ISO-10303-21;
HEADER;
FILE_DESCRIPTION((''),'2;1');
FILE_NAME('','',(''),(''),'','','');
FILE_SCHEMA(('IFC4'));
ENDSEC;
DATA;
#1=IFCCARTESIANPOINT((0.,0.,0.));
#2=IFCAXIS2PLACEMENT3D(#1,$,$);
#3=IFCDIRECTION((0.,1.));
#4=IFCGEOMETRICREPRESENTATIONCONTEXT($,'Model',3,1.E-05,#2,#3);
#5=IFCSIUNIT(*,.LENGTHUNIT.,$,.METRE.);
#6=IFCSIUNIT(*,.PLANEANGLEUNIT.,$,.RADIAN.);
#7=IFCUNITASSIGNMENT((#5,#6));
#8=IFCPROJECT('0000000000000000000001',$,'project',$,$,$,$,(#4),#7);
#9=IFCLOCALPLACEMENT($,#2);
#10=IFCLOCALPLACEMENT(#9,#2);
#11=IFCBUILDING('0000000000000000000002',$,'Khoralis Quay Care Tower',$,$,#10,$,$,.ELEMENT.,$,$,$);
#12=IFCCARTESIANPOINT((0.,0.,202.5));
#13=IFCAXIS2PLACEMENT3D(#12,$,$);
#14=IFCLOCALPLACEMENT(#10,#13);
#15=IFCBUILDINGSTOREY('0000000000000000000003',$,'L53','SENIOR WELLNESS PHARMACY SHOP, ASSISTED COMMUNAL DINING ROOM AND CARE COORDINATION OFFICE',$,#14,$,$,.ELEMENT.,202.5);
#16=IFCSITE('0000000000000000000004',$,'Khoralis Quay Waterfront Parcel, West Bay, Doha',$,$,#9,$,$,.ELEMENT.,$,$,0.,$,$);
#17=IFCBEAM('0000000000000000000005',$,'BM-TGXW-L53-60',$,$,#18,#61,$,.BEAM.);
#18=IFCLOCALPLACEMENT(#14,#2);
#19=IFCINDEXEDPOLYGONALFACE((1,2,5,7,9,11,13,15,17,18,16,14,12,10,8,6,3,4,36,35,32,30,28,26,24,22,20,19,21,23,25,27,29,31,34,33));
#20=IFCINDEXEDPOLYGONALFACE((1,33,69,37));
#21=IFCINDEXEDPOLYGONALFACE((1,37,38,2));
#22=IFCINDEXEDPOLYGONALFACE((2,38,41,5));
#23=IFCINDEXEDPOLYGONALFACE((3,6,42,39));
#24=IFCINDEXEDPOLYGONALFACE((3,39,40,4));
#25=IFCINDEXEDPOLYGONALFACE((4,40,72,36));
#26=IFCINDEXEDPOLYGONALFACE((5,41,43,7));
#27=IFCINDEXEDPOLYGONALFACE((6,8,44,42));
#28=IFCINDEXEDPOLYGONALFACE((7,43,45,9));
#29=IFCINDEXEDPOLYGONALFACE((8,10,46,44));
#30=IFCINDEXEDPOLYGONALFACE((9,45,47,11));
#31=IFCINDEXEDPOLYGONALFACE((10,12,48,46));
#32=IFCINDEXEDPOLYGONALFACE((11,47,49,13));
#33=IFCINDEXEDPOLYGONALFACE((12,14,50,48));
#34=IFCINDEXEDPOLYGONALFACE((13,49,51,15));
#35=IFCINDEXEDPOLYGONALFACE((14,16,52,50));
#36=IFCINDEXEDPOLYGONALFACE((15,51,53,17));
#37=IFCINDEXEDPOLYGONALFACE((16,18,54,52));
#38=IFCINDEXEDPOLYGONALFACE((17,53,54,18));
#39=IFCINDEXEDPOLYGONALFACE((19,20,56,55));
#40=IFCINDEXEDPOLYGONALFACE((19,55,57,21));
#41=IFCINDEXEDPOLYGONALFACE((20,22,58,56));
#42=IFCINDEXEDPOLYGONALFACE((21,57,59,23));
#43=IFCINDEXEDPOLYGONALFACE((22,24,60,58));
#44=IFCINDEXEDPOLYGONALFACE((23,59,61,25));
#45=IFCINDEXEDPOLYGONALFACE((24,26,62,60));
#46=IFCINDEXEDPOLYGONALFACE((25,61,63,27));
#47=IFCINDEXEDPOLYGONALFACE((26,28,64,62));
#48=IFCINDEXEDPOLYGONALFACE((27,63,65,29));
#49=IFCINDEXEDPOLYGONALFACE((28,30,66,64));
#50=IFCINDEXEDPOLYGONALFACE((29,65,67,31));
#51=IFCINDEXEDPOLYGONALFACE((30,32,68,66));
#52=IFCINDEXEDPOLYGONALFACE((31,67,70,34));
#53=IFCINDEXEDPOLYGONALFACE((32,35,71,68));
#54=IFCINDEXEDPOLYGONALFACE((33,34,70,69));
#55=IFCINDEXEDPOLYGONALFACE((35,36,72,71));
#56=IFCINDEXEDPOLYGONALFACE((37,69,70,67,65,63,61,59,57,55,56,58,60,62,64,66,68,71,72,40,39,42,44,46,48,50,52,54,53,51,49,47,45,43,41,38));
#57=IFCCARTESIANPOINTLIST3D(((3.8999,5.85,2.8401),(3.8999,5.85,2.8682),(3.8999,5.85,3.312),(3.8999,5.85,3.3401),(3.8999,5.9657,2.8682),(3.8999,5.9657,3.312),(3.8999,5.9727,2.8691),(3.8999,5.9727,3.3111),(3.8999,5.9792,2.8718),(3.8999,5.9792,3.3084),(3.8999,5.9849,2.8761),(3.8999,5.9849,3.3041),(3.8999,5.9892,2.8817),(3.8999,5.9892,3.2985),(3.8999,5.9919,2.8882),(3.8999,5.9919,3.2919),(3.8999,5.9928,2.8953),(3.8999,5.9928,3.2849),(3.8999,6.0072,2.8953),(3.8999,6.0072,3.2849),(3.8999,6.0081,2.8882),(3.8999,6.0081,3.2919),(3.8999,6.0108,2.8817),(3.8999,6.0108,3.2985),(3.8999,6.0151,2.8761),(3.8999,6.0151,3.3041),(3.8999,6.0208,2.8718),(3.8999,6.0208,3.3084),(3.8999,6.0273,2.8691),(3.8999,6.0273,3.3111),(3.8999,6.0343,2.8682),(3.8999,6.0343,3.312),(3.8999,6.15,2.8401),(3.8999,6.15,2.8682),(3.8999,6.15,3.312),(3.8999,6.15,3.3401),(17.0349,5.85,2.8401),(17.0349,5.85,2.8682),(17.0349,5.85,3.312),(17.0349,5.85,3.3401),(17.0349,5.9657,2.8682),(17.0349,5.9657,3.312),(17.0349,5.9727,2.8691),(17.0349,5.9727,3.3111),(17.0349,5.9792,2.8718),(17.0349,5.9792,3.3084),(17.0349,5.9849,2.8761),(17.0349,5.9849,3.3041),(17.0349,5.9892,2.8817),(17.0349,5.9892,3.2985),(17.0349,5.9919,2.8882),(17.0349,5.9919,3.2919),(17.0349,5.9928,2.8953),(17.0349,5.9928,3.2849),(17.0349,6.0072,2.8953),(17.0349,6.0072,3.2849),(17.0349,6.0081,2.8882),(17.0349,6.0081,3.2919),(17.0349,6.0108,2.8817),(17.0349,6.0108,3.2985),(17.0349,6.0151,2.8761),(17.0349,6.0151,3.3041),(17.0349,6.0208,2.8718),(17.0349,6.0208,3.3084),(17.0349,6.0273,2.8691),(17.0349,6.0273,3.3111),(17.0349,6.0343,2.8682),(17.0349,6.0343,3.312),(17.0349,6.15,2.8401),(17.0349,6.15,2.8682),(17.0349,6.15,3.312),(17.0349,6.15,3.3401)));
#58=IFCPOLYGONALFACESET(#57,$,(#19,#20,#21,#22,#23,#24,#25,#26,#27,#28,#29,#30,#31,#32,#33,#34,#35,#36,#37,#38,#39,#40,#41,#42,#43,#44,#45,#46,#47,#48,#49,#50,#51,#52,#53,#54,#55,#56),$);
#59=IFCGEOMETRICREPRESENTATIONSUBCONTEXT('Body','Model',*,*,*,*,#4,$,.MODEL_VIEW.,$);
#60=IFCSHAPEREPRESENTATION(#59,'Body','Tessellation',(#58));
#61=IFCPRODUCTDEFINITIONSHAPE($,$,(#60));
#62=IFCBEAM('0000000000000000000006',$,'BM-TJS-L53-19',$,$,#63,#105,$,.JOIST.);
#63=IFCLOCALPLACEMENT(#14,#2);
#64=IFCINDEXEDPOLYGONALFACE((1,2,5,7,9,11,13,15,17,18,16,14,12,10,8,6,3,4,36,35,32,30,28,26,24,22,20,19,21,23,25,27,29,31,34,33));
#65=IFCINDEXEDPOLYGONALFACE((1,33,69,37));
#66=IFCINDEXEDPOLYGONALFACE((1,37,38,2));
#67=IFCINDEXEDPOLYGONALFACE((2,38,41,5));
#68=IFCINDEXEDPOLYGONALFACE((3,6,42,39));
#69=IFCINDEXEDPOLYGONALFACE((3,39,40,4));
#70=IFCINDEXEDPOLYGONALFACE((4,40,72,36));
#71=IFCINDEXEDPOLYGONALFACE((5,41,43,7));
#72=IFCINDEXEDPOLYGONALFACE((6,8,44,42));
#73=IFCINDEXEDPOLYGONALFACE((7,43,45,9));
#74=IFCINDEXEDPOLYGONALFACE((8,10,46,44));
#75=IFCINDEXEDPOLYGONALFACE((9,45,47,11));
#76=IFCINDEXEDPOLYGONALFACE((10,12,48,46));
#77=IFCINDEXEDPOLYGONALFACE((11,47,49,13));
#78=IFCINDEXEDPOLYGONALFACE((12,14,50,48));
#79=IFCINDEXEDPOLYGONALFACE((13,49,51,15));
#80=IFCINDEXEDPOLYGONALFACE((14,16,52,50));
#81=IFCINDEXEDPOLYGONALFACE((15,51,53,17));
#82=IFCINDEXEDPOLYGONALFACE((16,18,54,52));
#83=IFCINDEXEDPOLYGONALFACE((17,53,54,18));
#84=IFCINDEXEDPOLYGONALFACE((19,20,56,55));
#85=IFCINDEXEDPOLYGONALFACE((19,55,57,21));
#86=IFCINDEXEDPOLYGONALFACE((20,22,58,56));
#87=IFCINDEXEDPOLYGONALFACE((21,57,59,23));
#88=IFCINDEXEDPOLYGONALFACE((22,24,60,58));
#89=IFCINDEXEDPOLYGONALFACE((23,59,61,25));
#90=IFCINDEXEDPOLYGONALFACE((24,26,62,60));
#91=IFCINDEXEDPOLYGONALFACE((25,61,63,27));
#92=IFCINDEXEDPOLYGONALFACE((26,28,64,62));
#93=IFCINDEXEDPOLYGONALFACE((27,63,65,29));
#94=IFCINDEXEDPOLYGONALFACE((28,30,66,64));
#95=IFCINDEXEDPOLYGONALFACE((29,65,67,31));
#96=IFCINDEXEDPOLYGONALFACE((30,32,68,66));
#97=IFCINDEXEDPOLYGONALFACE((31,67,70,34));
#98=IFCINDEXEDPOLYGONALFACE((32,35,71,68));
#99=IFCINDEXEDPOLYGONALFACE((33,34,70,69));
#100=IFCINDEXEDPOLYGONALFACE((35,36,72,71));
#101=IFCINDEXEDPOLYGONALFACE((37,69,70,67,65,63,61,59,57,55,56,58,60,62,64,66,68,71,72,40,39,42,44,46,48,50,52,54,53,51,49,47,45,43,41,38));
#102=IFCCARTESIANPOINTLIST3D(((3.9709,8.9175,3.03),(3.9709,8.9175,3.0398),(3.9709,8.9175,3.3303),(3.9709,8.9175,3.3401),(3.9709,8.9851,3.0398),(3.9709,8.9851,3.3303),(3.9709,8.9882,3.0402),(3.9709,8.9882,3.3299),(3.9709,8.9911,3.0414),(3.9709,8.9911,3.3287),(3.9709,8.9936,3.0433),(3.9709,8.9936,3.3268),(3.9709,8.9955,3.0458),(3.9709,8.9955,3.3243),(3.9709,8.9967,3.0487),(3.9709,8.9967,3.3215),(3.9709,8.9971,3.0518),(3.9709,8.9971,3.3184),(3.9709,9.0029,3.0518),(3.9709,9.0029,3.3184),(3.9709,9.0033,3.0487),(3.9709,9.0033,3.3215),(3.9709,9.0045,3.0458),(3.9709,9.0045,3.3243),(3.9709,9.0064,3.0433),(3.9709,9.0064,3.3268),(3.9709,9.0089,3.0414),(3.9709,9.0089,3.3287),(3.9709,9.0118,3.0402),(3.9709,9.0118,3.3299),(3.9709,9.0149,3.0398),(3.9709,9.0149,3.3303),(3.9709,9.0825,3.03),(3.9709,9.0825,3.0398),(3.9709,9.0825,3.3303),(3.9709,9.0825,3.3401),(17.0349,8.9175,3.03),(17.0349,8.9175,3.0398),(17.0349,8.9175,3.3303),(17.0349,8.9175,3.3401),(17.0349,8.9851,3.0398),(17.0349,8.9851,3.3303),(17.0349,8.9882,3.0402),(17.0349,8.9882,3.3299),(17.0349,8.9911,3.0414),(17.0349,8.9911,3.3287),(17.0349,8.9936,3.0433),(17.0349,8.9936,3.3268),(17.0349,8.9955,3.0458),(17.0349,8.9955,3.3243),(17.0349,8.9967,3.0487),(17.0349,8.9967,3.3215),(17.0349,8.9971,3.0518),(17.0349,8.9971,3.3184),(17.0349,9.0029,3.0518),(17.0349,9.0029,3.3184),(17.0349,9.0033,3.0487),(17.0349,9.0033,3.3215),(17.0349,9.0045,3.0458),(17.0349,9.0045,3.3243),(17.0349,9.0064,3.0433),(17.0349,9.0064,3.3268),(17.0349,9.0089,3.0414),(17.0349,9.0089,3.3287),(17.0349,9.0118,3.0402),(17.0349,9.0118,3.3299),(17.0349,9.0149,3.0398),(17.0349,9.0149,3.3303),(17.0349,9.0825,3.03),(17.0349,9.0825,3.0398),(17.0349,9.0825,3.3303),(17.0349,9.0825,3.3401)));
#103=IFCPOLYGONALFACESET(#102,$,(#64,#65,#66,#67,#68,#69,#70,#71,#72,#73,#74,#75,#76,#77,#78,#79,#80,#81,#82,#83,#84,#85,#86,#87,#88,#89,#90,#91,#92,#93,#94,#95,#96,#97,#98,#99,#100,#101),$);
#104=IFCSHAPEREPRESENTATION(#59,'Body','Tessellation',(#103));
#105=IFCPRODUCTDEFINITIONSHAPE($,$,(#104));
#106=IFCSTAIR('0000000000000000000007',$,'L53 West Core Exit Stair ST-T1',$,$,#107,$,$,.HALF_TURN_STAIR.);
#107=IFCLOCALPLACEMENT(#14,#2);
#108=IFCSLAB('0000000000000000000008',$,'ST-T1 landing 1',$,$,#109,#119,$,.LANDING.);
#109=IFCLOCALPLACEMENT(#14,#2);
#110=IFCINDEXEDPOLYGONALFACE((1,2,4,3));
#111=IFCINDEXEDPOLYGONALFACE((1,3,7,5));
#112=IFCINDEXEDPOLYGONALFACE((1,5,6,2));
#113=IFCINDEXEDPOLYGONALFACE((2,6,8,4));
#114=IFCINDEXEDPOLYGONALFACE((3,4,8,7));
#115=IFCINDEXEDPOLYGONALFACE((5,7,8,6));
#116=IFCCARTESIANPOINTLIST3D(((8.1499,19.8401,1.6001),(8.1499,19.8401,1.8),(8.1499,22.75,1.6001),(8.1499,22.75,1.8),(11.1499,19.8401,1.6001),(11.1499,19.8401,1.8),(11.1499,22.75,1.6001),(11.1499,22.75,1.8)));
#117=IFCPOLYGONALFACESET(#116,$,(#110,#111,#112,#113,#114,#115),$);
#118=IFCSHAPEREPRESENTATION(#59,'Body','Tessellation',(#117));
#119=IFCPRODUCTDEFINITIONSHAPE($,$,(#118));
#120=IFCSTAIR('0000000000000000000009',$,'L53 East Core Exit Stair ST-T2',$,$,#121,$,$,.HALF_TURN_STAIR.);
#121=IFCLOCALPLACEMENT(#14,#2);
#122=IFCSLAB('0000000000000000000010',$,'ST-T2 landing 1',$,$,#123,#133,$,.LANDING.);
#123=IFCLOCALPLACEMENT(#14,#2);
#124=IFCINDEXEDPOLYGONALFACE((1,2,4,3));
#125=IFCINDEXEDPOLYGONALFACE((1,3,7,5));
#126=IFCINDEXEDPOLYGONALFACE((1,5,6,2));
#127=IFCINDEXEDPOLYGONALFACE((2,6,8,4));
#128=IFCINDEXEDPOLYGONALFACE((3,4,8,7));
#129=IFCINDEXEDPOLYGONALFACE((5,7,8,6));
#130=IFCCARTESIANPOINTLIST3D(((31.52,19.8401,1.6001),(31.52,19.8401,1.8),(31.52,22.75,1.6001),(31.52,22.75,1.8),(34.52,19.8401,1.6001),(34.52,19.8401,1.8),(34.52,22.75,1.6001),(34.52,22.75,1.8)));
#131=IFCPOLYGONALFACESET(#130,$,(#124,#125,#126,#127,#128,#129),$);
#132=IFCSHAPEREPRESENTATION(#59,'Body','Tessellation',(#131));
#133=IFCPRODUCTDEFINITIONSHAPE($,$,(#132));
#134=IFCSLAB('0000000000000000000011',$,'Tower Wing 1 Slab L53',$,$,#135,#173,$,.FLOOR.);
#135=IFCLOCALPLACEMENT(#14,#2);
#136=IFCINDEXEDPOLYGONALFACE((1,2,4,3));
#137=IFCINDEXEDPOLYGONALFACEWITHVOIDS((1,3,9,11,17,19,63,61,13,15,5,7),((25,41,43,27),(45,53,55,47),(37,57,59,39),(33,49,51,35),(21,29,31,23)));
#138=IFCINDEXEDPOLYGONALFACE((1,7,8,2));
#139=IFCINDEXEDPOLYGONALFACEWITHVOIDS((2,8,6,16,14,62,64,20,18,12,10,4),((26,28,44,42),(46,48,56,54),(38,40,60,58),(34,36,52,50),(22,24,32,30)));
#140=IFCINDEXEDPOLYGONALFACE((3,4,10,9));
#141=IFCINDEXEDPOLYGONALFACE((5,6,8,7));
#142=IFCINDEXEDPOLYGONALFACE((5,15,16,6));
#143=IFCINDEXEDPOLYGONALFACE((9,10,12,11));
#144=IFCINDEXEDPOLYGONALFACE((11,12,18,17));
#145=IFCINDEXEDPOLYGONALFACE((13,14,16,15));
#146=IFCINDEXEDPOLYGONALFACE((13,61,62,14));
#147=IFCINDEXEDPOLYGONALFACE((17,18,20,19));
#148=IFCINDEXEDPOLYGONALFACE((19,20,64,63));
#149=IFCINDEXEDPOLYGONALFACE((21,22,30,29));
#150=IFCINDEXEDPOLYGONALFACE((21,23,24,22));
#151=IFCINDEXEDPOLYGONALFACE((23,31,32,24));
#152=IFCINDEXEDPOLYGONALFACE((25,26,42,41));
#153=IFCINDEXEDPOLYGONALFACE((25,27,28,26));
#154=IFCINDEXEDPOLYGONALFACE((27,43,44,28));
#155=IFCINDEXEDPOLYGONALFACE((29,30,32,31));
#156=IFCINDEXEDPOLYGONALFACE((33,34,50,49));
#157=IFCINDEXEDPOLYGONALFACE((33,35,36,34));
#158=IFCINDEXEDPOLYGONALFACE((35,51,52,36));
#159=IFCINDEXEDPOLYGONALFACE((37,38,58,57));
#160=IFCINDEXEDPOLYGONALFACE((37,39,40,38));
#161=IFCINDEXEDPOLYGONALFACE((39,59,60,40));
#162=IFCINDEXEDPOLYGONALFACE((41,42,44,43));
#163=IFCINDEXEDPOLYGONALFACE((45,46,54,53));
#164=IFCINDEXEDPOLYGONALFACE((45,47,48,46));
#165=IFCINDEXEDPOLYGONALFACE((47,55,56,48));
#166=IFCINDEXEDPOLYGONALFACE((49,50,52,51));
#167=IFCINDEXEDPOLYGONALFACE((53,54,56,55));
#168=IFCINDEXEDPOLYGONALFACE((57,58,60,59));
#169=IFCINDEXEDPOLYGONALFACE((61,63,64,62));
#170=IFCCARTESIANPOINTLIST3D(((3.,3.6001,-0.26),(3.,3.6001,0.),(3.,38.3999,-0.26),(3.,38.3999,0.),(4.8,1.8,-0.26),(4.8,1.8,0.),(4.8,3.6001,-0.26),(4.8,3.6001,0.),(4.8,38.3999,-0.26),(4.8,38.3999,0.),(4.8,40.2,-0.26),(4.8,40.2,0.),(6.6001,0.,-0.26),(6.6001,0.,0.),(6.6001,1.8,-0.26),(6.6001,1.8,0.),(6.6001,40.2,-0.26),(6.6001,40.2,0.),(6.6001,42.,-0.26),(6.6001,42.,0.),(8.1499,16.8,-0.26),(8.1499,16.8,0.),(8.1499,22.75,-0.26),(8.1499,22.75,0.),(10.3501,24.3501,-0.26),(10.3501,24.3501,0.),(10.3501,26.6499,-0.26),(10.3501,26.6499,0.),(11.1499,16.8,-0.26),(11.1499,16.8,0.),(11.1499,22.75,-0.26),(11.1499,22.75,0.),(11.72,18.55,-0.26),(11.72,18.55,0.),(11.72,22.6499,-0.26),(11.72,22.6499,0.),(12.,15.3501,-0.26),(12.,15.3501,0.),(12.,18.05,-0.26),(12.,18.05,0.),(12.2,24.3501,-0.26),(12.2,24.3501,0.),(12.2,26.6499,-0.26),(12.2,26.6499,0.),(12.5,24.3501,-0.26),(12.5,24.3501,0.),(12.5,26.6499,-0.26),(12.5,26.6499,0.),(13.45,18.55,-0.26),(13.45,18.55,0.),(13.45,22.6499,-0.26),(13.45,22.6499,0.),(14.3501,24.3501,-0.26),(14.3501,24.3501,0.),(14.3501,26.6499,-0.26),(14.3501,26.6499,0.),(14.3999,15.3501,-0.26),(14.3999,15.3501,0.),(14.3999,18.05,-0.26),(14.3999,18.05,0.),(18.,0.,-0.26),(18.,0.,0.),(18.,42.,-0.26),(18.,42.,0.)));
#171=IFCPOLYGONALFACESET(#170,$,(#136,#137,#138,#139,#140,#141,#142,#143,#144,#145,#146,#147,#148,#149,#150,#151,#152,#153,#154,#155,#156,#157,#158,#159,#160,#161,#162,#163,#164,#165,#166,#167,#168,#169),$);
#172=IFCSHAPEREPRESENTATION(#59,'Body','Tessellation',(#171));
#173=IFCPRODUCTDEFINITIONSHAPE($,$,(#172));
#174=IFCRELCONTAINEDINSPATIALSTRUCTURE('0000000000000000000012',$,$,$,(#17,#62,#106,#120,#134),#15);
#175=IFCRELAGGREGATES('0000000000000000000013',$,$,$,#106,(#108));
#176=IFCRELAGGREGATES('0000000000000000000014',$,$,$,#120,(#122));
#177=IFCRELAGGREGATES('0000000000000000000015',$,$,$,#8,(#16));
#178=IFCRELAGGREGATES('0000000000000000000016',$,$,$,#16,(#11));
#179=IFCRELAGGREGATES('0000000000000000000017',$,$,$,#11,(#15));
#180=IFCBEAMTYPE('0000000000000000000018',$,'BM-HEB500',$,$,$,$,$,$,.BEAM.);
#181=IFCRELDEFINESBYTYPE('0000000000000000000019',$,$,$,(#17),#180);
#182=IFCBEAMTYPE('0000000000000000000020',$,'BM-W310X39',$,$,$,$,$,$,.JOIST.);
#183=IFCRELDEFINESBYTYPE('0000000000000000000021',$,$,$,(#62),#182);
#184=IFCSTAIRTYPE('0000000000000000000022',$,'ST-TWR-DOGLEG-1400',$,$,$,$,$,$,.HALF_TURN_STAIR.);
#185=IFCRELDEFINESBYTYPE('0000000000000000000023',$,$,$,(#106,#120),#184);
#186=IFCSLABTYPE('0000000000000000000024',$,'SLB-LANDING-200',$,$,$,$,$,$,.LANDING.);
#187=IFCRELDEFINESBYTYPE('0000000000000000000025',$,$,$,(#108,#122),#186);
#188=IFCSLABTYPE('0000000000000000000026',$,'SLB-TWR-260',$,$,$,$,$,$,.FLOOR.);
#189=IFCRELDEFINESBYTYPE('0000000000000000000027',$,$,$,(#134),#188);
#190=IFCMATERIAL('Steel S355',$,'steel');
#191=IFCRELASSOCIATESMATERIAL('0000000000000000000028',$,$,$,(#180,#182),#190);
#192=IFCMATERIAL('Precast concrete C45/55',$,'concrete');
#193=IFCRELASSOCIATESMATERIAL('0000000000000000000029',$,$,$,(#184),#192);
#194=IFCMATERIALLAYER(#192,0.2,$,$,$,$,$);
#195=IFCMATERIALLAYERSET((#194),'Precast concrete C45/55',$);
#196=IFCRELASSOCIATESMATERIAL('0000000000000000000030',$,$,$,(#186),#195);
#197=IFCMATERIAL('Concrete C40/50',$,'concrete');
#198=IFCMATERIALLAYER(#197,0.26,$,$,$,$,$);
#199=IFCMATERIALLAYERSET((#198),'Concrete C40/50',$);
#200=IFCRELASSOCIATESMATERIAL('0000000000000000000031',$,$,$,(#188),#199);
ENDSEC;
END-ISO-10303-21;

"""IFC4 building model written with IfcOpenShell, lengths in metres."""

from ifc_helpers import new_model, si_unit, direction, frame, origin, origin_2d, place, context, subcontext, project, spatial, polyline, i_section, outline, extrude, source, transform, mapped, material, layer, layer_set, material_profile, profile_set, type_object, element, aggregate, save


model = new_model("IFC4")

# Units and contexts
model_context = context("Model", 3, precision=1e-05, world=origin(), true_north=direction((0.0, 1.0)))
body_context = subcontext(model_context, "Body", "Model", "MODEL_VIEW")
ifc_project = project(units=[si_unit("LENGTHUNIT", "METRE"), si_unit("PLANEANGLEUNIT", "RADIAN")], contexts=[model_context])

# Site, building, storey
site_placement = place(None, origin())
site = spatial("IfcSite", under=ifc_project, at=site_placement, Name="Khoralis Quay Waterfront Parcel, West Bay, Doha", CompositionType="ELEMENT", RefElevation=0.0)
building_placement = place(site_placement, origin())
building = spatial("IfcBuilding", under=site, at=building_placement, Name="Khoralis Quay Care Tower", CompositionType="ELEMENT")
storey_placement = place(building_placement, frame((0.0, 0.0, 202.5)))
storey = spatial("IfcBuildingStorey", under=building, at=storey_placement, Name="L53", Description="SENIOR WELLNESS PHARMACY SHOP, ASSISTED COMMUNAL DINING ROOM AND CARE COORDINATION OFFICE", CompositionType="ELEMENT", Elevation=202.5)

# Beams
ifc_material_1 = material(Name="Steel S355", Category="steel")
ifc_material_profile_1 = material_profile(ifc_material_1, i_section(OverallWidth=0.3, OverallDepth=0.5, WebThickness=0.0144, FlangeThickness=0.0281, FilletRadius=0.0271, at=origin_2d()), Name="Steel S355")
ifc_profile_set_1 = profile_set([ifc_material_profile_1], Name="Steel S355")
beam_type_1 = type_object("IfcBeamType", Name="BM-HEB500", PredefinedType="BEAM", material=ifc_profile_set_1)
shared_shape_1 = source(origin(), body_context, "Body", "SweptSolid", [
    extrude(i_section(OverallWidth=0.3, OverallDepth=0.5, WebThickness=0.0144, FlangeThickness=0.0281, FilletRadius=0.0271, at=origin_2d()), origin(), (0.0, 0.0, 1.0), 13.135),
])
beam_1_placement = place(storey_placement, frame((3.8999, 6.0, 3.0901), z_axis=(1.0, 0.0, 0.0), x_axis=(0.0, 1.0, 0.0)))
element("IfcBeam", 1, at=beam_1_placement, inside=storey, type_object=beam_type_1, Name="BM-TGXW-L53-60", PredefinedType="BEAM", context=body_context, shape_type="MappedRepresentation", body=[
    mapped(shared_shape_1, transform((0.0, 0.0, 0.0), scale=1.0)),
])
ifc_material_profile_2 = material_profile(ifc_material_1, i_section(OverallWidth=0.165, OverallDepth=0.3101, WebThickness=0.0059, FlangeThickness=0.0098, FilletRadius=0.012, at=origin_2d()), Name="Steel S355")
ifc_profile_set_2 = profile_set([ifc_material_profile_2], Name="Steel S355")
beam_type_2 = type_object("IfcBeamType", Name="BM-W310X39", PredefinedType="JOIST", material=ifc_profile_set_2)
shared_shape_2 = source(origin(), body_context, "Body", "SweptSolid", [
    extrude(i_section(OverallWidth=0.165, OverallDepth=0.3101, WebThickness=0.0059, FlangeThickness=0.0098, FilletRadius=0.012, at=origin_2d()), origin(), (0.0, 0.0, 1.0), 13.064),
])
beam_2_placement = place(storey_placement, frame((3.9709, 9.0, 3.1851), z_axis=(1.0, 0.0, 0.0), x_axis=(0.0, 1.0, 0.0)))
element("IfcBeam", 2, at=beam_2_placement, inside=storey, type_object=beam_type_2, Name="BM-TJS-L53-19", PredefinedType="JOIST", context=body_context, shape_type="MappedRepresentation", body=[
    mapped(shared_shape_2, transform((0.0, 0.0, 0.0), scale=1.0)),
])

# Stairs, slabs
ifc_material_2 = material(Name="Precast concrete C45/55", Category="concrete")
stair_type = type_object("IfcStairType", Name="ST-TWR-DOGLEG-1400", PredefinedType="HALF_TURN_STAIR", material=ifc_material_2)
stair_1_placement = place(storey_placement, origin())
stair_1 = element("IfcStair", 3, at=stair_1_placement, inside=storey, type_object=stair_type, Name="L53 West Core Exit Stair ST-T1", PredefinedType="HALF_TURN_STAIR")
ifc_layer_1 = layer(ifc_material_2, 0.2)
ifc_layer_set_1 = layer_set([ifc_layer_1], Name="Precast concrete C45/55")
slab_type_1 = type_object("IfcSlabType", Name="SLB-LANDING-200", PredefinedType="LANDING", material=ifc_layer_set_1)
slab_1_placement = place(storey_placement, frame((0.0, 0.0, 1.6001)))
slab_1 = element("IfcSlab", 4, at=slab_1_placement, type_object=slab_type_1, Name="ST-T1 landing 1", PredefinedType="LANDING", context=body_context, shape_type="SweptSolid", body=[
    extrude(outline(polyline([(11.1499, 19.8401), (11.1499, 22.75), (8.1499, 22.75), (8.1499, 19.8401), (11.1499, 19.8401)])), origin(), (0.0, 0.0, 1.0), 0.2),
])
aggregate(stair_1, [slab_1])
stair_2_placement = place(storey_placement, origin())
stair_2 = element("IfcStair", 5, at=stair_2_placement, inside=storey, type_object=stair_type, Name="L53 East Core Exit Stair ST-T2", PredefinedType="HALF_TURN_STAIR")
slab_2_placement = place(storey_placement, frame((0.0, 0.0, 1.6001)))
slab_2 = element("IfcSlab", 6, at=slab_2_placement, type_object=slab_type_1, Name="ST-T2 landing 1", PredefinedType="LANDING", context=body_context, shape_type="SweptSolid", body=[
    extrude(outline(polyline([(34.52, 19.8401), (34.52, 22.75), (31.52, 22.75), (31.52, 19.8401), (34.52, 19.8401)])), origin(), (0.0, 0.0, 1.0), 0.2),
])
aggregate(stair_2, [slab_2])

# Slab
ifc_material_3 = material(Name="Concrete C40/50", Category="concrete")
ifc_layer_2 = layer(ifc_material_3, 0.26)
ifc_layer_set_2 = layer_set([ifc_layer_2], Name="Concrete C40/50")
slab_type_2 = type_object("IfcSlabType", Name="SLB-TWR-260", PredefinedType="FLOOR", material=ifc_layer_set_2)
slab_3_placement = place(storey_placement, frame((0.0, 0.0, -0.26)))
element("IfcSlab", 7, at=slab_3_placement, inside=storey, type_object=slab_type_2, Name="Tower Wing 1 Slab L53", PredefinedType="FLOOR", context=body_context, shape_type="SweptSolid", body=[
    extrude(outline(polyline([(6.6001, 0.0), (18.0, 0.0), (18.0, 42.0), (6.6001, 42.0), (6.6001, 40.2), (4.8, 40.2), (4.8, 38.3999), (3.0, 38.3999), (3.0, 3.6001), (4.8, 3.6001), (4.8, 1.8), (6.6001, 1.8), (6.6001, 0.0)]), holes=[polyline([(11.1499, 16.8), (11.1499, 22.75), (8.1499, 22.75), (8.1499, 16.8), (11.1499, 16.8)]), polyline([(12.0, 15.3501), (14.3999, 15.3501), (14.3999, 18.05), (12.0, 18.05), (12.0, 15.3501)]), polyline([(10.3501, 24.3501), (12.2, 24.3501), (12.2, 26.6499), (10.3501, 26.6499), (10.3501, 24.3501)]), polyline([(12.5, 24.3501), (14.3501, 24.3501), (14.3501, 26.6499), (12.5, 26.6499), (12.5, 24.3501)]), polyline([(11.72, 18.55), (13.45, 18.55), (13.45, 22.6499), (11.72, 22.6499), (11.72, 18.55)])]), origin(), (0.0, 0.0, 1.0), 0.26),
])

save(model, "model.ifc")
